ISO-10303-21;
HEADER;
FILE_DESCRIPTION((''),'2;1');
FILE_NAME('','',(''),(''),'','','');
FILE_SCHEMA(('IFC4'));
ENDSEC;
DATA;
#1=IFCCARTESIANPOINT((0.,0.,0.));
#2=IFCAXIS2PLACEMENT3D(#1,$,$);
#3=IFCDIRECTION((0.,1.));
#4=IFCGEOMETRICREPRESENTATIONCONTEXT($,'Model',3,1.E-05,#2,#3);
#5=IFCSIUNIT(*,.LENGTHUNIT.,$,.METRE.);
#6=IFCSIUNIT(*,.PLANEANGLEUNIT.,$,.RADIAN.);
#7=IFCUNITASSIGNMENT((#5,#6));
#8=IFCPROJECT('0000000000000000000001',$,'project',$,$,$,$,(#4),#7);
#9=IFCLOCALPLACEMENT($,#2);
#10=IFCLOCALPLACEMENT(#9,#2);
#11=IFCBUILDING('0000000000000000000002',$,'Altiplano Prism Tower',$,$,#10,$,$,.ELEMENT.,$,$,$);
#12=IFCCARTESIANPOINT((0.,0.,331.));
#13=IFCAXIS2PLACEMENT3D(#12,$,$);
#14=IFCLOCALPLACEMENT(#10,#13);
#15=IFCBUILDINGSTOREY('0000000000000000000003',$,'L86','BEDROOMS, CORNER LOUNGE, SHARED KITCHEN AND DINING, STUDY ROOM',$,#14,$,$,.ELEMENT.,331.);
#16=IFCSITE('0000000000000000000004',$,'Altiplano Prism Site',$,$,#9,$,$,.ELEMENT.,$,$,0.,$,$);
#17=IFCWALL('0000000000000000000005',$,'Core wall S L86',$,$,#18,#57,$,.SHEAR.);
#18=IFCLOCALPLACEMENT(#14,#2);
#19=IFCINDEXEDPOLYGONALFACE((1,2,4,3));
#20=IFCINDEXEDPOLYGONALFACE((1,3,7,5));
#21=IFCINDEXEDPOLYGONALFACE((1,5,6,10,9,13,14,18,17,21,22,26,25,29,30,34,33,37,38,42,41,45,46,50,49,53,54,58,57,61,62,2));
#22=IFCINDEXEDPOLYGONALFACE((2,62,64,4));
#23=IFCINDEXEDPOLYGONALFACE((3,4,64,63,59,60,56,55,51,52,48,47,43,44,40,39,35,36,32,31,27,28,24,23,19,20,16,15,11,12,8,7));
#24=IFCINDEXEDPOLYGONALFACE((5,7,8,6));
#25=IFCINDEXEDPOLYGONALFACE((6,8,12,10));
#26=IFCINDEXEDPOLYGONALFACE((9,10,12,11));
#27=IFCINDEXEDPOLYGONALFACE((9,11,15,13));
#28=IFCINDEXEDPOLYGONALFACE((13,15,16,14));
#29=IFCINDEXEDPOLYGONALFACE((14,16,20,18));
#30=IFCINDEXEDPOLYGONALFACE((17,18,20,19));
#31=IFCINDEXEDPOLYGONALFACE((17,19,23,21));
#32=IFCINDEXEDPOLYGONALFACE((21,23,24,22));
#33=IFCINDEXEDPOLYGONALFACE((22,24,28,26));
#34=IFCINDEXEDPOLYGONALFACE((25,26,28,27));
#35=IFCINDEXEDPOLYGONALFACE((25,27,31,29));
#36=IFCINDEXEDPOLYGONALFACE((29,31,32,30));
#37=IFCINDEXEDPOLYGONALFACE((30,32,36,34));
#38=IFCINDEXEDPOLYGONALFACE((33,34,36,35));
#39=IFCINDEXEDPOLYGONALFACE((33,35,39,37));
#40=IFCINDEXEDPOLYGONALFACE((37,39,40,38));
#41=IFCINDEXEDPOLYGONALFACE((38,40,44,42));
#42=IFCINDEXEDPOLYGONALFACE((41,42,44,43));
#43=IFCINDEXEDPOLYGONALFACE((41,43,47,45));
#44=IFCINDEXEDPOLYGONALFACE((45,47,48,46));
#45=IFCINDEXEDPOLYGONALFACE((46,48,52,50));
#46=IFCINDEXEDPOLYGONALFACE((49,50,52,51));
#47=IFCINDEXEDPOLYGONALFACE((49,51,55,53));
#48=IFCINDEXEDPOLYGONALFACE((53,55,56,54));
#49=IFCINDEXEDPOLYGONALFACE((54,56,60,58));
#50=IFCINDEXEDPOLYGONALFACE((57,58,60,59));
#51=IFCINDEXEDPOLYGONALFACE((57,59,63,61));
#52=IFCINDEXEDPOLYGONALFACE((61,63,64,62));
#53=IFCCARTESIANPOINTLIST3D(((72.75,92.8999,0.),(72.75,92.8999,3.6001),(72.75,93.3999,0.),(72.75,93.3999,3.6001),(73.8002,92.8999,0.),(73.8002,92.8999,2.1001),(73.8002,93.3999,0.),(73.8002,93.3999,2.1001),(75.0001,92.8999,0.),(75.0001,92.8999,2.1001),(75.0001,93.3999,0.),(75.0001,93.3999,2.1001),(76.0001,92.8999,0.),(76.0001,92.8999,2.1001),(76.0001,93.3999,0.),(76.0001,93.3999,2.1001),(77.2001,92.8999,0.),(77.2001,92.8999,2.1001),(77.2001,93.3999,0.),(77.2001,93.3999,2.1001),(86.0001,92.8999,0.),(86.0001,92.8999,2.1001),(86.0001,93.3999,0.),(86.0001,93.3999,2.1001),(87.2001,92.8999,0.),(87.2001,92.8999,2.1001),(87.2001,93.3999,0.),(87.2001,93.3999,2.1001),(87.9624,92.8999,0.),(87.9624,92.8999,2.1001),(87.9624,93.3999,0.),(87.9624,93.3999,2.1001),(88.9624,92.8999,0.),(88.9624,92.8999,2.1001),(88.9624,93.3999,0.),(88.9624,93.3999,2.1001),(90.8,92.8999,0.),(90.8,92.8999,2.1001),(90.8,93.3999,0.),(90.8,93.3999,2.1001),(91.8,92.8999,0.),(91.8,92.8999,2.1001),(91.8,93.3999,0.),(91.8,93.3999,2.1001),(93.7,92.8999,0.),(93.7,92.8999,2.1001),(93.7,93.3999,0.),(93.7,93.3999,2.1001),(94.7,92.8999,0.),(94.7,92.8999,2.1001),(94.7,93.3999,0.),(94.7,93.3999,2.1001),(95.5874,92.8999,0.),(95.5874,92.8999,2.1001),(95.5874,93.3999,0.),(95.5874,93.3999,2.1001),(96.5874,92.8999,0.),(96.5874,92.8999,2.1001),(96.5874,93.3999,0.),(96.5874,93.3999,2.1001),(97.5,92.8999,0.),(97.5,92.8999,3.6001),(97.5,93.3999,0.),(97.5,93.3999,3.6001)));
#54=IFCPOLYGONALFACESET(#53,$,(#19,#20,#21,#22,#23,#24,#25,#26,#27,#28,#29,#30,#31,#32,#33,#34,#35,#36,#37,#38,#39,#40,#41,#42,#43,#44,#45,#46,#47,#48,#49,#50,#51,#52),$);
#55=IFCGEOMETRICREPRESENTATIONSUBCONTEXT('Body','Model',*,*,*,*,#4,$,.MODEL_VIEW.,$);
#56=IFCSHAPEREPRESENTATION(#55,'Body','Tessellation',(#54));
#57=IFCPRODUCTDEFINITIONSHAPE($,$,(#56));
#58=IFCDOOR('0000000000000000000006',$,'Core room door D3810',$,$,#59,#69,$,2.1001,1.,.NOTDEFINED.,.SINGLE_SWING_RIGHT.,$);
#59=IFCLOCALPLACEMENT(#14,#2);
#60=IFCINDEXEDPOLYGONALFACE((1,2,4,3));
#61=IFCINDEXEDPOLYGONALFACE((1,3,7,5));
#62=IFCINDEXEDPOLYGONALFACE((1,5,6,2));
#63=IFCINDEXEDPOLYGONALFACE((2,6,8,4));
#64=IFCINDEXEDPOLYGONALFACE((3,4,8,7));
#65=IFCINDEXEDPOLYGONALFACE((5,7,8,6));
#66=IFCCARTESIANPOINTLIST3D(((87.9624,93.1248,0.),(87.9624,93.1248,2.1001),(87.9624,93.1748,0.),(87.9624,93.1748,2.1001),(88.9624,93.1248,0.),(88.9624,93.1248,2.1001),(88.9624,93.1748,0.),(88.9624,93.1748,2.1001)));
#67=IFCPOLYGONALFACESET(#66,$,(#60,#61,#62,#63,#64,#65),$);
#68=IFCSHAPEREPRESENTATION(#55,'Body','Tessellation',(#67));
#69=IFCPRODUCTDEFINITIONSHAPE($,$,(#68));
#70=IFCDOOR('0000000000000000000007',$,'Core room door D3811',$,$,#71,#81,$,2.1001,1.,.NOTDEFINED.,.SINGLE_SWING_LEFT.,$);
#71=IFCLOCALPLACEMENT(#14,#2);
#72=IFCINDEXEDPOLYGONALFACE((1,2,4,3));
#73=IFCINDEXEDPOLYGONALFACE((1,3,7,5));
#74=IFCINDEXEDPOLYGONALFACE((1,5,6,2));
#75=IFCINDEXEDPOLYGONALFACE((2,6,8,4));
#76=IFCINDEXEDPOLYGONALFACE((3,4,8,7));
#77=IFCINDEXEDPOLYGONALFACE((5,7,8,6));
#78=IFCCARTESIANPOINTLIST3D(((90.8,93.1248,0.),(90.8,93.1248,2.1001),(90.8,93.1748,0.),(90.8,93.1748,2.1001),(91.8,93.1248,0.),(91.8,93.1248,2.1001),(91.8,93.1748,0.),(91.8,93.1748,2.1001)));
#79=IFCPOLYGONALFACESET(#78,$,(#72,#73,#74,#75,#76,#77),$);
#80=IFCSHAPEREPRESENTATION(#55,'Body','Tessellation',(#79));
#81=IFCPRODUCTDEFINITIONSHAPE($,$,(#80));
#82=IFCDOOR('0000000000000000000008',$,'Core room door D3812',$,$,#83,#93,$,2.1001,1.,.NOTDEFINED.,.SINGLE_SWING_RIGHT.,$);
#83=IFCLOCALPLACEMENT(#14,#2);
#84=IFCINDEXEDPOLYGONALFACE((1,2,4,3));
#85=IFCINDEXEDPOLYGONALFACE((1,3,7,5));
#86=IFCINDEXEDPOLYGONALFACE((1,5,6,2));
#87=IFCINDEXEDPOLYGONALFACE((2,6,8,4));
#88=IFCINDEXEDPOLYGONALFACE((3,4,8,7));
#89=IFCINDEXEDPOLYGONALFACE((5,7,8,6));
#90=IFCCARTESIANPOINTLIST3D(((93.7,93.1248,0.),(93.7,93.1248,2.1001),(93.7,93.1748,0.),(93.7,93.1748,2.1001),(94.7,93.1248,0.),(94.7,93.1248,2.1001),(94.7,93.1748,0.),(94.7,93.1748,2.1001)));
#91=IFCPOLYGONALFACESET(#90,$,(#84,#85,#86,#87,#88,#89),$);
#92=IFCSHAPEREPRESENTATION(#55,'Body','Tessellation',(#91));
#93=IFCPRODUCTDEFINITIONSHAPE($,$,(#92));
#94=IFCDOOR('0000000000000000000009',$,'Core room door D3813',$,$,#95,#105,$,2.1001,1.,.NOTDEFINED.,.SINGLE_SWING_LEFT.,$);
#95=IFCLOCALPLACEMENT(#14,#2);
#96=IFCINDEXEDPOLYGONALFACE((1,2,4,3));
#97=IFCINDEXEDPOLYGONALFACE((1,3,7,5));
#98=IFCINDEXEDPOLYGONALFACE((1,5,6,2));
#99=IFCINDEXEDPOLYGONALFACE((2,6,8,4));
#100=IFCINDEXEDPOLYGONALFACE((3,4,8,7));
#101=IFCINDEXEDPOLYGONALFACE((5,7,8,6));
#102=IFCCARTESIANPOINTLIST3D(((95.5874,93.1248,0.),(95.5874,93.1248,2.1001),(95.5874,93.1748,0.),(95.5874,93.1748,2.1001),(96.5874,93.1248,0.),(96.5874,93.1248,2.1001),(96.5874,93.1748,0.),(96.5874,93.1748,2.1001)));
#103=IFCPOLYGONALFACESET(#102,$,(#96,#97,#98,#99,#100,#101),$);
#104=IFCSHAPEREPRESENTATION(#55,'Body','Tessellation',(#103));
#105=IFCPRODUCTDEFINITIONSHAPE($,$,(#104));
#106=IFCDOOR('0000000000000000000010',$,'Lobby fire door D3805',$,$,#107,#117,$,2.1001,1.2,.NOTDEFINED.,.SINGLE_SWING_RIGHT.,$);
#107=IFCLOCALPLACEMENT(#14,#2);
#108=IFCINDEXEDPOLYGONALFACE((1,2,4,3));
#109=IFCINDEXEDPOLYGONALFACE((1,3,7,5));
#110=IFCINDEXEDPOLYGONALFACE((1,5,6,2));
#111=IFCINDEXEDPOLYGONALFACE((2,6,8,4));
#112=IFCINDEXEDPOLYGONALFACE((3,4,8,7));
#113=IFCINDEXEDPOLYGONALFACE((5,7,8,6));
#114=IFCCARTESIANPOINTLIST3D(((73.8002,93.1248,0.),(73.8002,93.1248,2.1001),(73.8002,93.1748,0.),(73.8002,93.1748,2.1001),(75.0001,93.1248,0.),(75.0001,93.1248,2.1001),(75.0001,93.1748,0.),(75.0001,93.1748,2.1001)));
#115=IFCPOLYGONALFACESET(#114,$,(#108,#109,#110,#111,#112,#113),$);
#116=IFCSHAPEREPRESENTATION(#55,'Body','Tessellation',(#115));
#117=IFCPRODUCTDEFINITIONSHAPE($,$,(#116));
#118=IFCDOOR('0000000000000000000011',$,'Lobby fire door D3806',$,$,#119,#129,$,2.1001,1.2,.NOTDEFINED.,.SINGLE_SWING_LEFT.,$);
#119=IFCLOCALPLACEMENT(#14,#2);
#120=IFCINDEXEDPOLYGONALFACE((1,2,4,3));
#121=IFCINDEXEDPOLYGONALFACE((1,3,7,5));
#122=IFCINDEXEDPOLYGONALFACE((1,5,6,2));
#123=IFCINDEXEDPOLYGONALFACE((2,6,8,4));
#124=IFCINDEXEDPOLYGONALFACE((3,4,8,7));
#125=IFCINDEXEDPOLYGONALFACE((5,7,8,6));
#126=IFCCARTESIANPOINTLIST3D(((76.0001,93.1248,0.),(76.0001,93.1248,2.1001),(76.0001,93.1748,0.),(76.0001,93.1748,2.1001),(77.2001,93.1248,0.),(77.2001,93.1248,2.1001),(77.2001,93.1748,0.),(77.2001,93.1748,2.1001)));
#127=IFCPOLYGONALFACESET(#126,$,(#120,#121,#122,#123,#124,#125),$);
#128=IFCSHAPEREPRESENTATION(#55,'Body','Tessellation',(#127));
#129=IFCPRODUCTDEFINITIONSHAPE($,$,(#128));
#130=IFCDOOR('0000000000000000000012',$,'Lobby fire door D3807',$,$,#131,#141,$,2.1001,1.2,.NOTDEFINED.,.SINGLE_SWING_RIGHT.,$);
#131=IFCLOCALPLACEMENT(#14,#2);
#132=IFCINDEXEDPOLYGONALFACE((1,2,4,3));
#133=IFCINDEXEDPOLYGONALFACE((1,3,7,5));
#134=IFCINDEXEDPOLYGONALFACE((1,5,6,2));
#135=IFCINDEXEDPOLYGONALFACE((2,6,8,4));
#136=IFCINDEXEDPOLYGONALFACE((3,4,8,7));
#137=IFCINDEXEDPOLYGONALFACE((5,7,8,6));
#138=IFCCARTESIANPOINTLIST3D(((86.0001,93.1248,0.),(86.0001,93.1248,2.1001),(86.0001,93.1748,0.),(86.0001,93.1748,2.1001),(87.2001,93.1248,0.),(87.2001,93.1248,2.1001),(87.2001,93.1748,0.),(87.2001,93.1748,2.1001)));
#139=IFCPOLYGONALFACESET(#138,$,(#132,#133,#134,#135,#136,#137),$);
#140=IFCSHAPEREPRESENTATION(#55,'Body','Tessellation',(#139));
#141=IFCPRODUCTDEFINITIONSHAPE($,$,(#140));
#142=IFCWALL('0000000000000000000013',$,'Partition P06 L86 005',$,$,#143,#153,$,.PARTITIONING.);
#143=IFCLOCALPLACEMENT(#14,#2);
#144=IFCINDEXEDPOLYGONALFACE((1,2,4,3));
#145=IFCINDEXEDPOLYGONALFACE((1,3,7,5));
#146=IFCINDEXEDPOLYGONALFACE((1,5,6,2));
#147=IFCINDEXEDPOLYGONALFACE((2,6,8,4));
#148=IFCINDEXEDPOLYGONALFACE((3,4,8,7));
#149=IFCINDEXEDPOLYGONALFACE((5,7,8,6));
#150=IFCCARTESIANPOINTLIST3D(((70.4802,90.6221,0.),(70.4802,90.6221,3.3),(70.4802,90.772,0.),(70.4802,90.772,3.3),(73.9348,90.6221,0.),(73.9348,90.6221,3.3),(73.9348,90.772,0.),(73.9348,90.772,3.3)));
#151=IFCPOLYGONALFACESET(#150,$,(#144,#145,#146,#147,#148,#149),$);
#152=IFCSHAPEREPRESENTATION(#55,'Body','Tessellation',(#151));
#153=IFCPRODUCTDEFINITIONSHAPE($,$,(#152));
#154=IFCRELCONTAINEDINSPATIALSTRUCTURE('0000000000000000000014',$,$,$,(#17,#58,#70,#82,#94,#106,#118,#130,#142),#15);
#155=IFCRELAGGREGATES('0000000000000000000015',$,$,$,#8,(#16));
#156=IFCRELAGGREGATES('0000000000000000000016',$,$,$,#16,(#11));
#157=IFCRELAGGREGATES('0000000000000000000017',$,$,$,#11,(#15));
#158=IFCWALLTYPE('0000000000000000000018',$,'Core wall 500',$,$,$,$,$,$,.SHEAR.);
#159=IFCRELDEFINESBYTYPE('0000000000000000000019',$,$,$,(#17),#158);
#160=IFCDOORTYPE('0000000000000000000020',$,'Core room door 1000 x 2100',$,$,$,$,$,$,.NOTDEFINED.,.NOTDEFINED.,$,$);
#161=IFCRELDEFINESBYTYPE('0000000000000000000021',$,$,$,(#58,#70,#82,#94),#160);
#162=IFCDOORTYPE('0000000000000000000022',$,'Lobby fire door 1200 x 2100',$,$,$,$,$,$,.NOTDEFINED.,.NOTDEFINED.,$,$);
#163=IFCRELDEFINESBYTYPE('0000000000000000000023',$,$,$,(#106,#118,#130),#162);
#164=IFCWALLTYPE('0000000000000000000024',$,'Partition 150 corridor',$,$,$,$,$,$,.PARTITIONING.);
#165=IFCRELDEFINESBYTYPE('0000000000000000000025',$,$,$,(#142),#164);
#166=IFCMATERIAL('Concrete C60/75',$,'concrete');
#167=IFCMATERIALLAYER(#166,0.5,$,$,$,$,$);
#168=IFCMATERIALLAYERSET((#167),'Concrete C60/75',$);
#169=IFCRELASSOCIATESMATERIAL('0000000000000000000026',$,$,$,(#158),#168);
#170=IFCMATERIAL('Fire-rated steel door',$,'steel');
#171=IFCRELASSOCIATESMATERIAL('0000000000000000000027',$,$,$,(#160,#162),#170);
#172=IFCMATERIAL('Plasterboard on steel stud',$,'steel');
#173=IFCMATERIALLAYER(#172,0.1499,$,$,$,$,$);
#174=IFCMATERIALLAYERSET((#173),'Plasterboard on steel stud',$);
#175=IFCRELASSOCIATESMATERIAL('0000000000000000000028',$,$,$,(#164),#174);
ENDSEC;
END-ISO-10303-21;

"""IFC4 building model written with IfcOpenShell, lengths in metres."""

from ifc_helpers import new_model, si_unit, direction, frame, frame_2d, origin, place, context, subcontext, project, spatial, rectangle, extrude, material, layer, layer_set, type_object, element, fill, save


model = new_model("IFC4")

# Units and contexts
model_context = context("Model", 3, precision=1e-05, world=origin(), true_north=direction((0.0, 1.0)))
body_context = subcontext(model_context, "Body", "Model", "MODEL_VIEW")
ifc_project = project(units=[si_unit("LENGTHUNIT", "METRE"), si_unit("PLANEANGLEUNIT", "RADIAN")], contexts=[model_context])

# Site, building, storey
site_placement = place(None, origin())
site = spatial("IfcSite", under=ifc_project, at=site_placement, Name="Altiplano Prism Site", CompositionType="ELEMENT", RefElevation=0.0)
building_placement = place(site_placement, origin())
building = spatial("IfcBuilding", under=site, at=building_placement, Name="Altiplano Prism Tower", CompositionType="ELEMENT")
storey_placement = place(building_placement, frame((0.0, 0.0, 331.0)))
storey = spatial("IfcBuildingStorey", under=building, at=storey_placement, Name="L86", Description="BEDROOMS, CORNER LOUNGE, SHARED KITCHEN AND DINING, STUDY ROOM", CompositionType="ELEMENT", Elevation=331.0)

# Shared definitions
ifc_material_1 = material(Name="Concrete C60/75", Category="concrete")

# Wall, openings, doors
ifc_layer_1 = layer(ifc_material_1, 0.5)
ifc_layer_set_1 = layer_set([ifc_layer_1], Name="Concrete C60/75")
wall_type_1 = type_object("IfcWallType", Name="Core wall 500", PredefinedType="SHEAR", material=ifc_layer_set_1)
wall_1_placement = place(storey_placement, frame((72.75, 93.1499, 0.0), z_axis=(0.0, 0.0, 1.0), x_axis=(1.0, 0.0, 0.0)))
wall_1 = element("IfcWall", 1, at=wall_1_placement, inside=storey, type_object=wall_type_1, Name="Core wall S L86", PredefinedType="SHEAR", context=body_context, shape_type="SweptSolid", body=[
    extrude(rectangle(XDim=24.75, YDim=0.5, at=frame_2d((12.375, 0.0))), origin(), (0.0, 0.0, 1.0), 3.6001),
])
opening_1_placement = place(wall_1_placement, frame((1.05, 0.0, 0.0)))
opening_1 = element("IfcOpeningElement", 2, at=opening_1_placement, cuts=wall_1, PredefinedType="OPENING", context=body_context, shape_type="SweptSolid", body=[
    extrude(rectangle(XDim=1.2, YDim=2.1001, at=frame_2d((0.6001, 1.05))), frame((0.0, 0.2605, 0.0), z_axis=(0.0, -1.0, 0.0), x_axis=(1.0, 0.0, 0.0)), (0.0, 0.0, 1.0), 0.521),
])
opening_2_placement = place(wall_1_placement, frame((3.25, 0.0, 0.0)))
opening_2 = element("IfcOpeningElement", 3, at=opening_2_placement, cuts=wall_1, PredefinedType="OPENING", context=body_context, shape_type="SweptSolid", body=[
    extrude(rectangle(XDim=1.2, YDim=2.1001, at=frame_2d((0.6001, 1.05))), frame((0.0, 0.2605, 0.0), z_axis=(0.0, -1.0, 0.0), x_axis=(1.0, 0.0, 0.0)), (0.0, 0.0, 1.0), 0.521),
])
opening_3_placement = place(wall_1_placement, frame((13.25, 0.0, 0.0)))
opening_3 = element("IfcOpeningElement", 4, at=opening_3_placement, cuts=wall_1, PredefinedType="OPENING", context=body_context, shape_type="SweptSolid", body=[
    extrude(rectangle(XDim=1.2, YDim=2.1001, at=frame_2d((0.6001, 1.05))), frame((0.0, 0.2605, 0.0), z_axis=(0.0, -1.0, 0.0), x_axis=(1.0, 0.0, 0.0)), (0.0, 0.0, 1.0), 0.521),
])
opening_4_placement = place(wall_1_placement, frame((15.2124, 0.0, 0.0)))
opening_4 = element("IfcOpeningElement", 5, at=opening_4_placement, cuts=wall_1, PredefinedType="OPENING", context=body_context, shape_type="SweptSolid", body=[
    extrude(rectangle(XDim=1.0, YDim=2.1001, at=frame_2d((0.5, 1.05))), frame((0.0, 0.2605, 0.0), z_axis=(0.0, -1.0, 0.0), x_axis=(1.0, 0.0, 0.0)), (0.0, 0.0, 1.0), 0.521),
])
opening_5_placement = place(wall_1_placement, frame((18.05, 0.0, 0.0)))
opening_5 = element("IfcOpeningElement", 6, at=opening_5_placement, cuts=wall_1, PredefinedType="OPENING", context=body_context, shape_type="SweptSolid", body=[
    extrude(rectangle(XDim=1.0, YDim=2.1001, at=frame_2d((0.5, 1.05))), frame((0.0, 0.2605, 0.0), z_axis=(0.0, -1.0, 0.0), x_axis=(1.0, 0.0, 0.0)), (0.0, 0.0, 1.0), 0.521),
])
opening_6_placement = place(wall_1_placement, frame((20.95, 0.0, 0.0)))
opening_6 = element("IfcOpeningElement", 7, at=opening_6_placement, cuts=wall_1, PredefinedType="OPENING", context=body_context, shape_type="SweptSolid", body=[
    extrude(rectangle(XDim=1.0, YDim=2.1001, at=frame_2d((0.5, 1.05))), frame((0.0, 0.2605, 0.0), z_axis=(0.0, -1.0, 0.0), x_axis=(1.0, 0.0, 0.0)), (0.0, 0.0, 1.0), 0.521),
])
opening_7_placement = place(wall_1_placement, frame((22.8374, 0.0, 0.0)))
opening_7 = element("IfcOpeningElement", 8, at=opening_7_placement, cuts=wall_1, PredefinedType="OPENING", context=body_context, shape_type="SweptSolid", body=[
    extrude(rectangle(XDim=1.0, YDim=2.1001, at=frame_2d((0.5, 1.05))), frame((0.0, 0.2605, 0.0), z_axis=(0.0, -1.0, 0.0), x_axis=(1.0, 0.0, 0.0)), (0.0, 0.0, 1.0), 0.521),
])
ifc_material_2 = material(Name="Fire-rated steel door", Category="steel")
door_type_1 = type_object("IfcDoorType", Name="Core room door 1000 x 2100", OperationType="NOTDEFINED", PredefinedType="NOTDEFINED", material=ifc_material_2)
door_1_placement = place(opening_4_placement, origin())
door_1 = element("IfcDoor", 9, at=door_1_placement, inside=storey, type_object=door_type_1, Name="Core room door D3810", OperationType="SINGLE_SWING_RIGHT", OverallHeight=2.1001, OverallWidth=1.0, PredefinedType="NOTDEFINED", context=body_context, shape_type="SweptSolid", body=[
    extrude(rectangle(XDim=1.0, YDim=2.1001, at=frame_2d((0.5, 1.05))), frame((0.0, 0.0249, 0.0), z_axis=(0.0, -1.0, 0.0), x_axis=(1.0, 0.0, 0.0)), (0.0, 0.0, 1.0), 0.05),
])
fill(opening_4, door_1)
door_2_placement = place(opening_5_placement, origin())
door_2 = element("IfcDoor", 10, at=door_2_placement, inside=storey, type_object=door_type_1, Name="Core room door D3811", OperationType="SINGLE_SWING_LEFT", OverallHeight=2.1001, OverallWidth=1.0, PredefinedType="NOTDEFINED", context=body_context, shape_type="SweptSolid", body=[
    extrude(rectangle(XDim=1.0, YDim=2.1001, at=frame_2d((0.5, 1.05))), frame((0.0, 0.0249, 0.0), z_axis=(0.0, -1.0, 0.0), x_axis=(1.0, 0.0, 0.0)), (0.0, 0.0, 1.0), 0.05),
])
fill(opening_5, door_2)
door_3_placement = place(opening_6_placement, origin())
door_3 = element("IfcDoor", 11, at=door_3_placement, inside=storey, type_object=door_type_1, Name="Core room door D3812", OperationType="SINGLE_SWING_RIGHT", OverallHeight=2.1001, OverallWidth=1.0, PredefinedType="NOTDEFINED", context=body_context, shape_type="SweptSolid", body=[
    extrude(rectangle(XDim=1.0, YDim=2.1001, at=frame_2d((0.5, 1.05))), frame((0.0, 0.0249, 0.0), z_axis=(0.0, -1.0, 0.0), x_axis=(1.0, 0.0, 0.0)), (0.0, 0.0, 1.0), 0.05),
])
fill(opening_6, door_3)
door_4_placement = place(opening_7_placement, origin())
door_4 = element("IfcDoor", 12, at=door_4_placement, inside=storey, type_object=door_type_1, Name="Core room door D3813", OperationType="SINGLE_SWING_LEFT", OverallHeight=2.1001, OverallWidth=1.0, PredefinedType="NOTDEFINED", context=body_context, shape_type="SweptSolid", body=[
    extrude(rectangle(XDim=1.0, YDim=2.1001, at=frame_2d((0.5, 1.05))), frame((0.0, 0.0249, 0.0), z_axis=(0.0, -1.0, 0.0), x_axis=(1.0, 0.0, 0.0)), (0.0, 0.0, 1.0), 0.05),
])
fill(opening_7, door_4)
door_type_2 = type_object("IfcDoorType", Name="Lobby fire door 1200 x 2100", OperationType="NOTDEFINED", PredefinedType="NOTDEFINED", material=ifc_material_2)
door_5_placement = place(opening_1_placement, origin())
door_5 = element("IfcDoor", 13, at=door_5_placement, inside=storey, type_object=door_type_2, Name="Lobby fire door D3805", OperationType="SINGLE_SWING_RIGHT", OverallHeight=2.1001, OverallWidth=1.2, PredefinedType="NOTDEFINED", context=body_context, shape_type="SweptSolid", body=[
    extrude(rectangle(XDim=1.2, YDim=2.1001, at=frame_2d((0.6001, 1.05))), frame((0.0, 0.0249, 0.0), z_axis=(0.0, -1.0, 0.0), x_axis=(1.0, 0.0, 0.0)), (0.0, 0.0, 1.0), 0.05),
])
fill(opening_1, door_5)
door_6_placement = place(opening_2_placement, origin())
door_6 = element("IfcDoor", 14, at=door_6_placement, inside=storey, type_object=door_type_2, Name="Lobby fire door D3806", OperationType="SINGLE_SWING_LEFT", OverallHeight=2.1001, OverallWidth=1.2, PredefinedType="NOTDEFINED", context=body_context, shape_type="SweptSolid", body=[
    extrude(rectangle(XDim=1.2, YDim=2.1001, at=frame_2d((0.6001, 1.05))), frame((0.0, 0.0249, 0.0), z_axis=(0.0, -1.0, 0.0), x_axis=(1.0, 0.0, 0.0)), (0.0, 0.0, 1.0), 0.05),
])
fill(opening_2, door_6)
door_7_placement = place(opening_3_placement, origin())
door_7 = element("IfcDoor", 15, at=door_7_placement, inside=storey, type_object=door_type_2, Name="Lobby fire door D3807", OperationType="SINGLE_SWING_RIGHT", OverallHeight=2.1001, OverallWidth=1.2, PredefinedType="NOTDEFINED", context=body_context, shape_type="SweptSolid", body=[
    extrude(rectangle(XDim=1.2, YDim=2.1001, at=frame_2d((0.6001, 1.05))), frame((0.0, 0.0249, 0.0), z_axis=(0.0, -1.0, 0.0), x_axis=(1.0, 0.0, 0.0)), (0.0, 0.0, 1.0), 0.05),
])
fill(opening_3, door_7)

# Wall
ifc_material_3 = material(Name="Plasterboard on steel stud", Category="steel")
ifc_layer_2 = layer(ifc_material_3, 0.1499)
ifc_layer_set_2 = layer_set([ifc_layer_2], Name="Plasterboard on steel stud")
wall_type_2 = type_object("IfcWallType", Name="Partition 150 corridor", PredefinedType="PARTITIONING", material=ifc_layer_set_2)
wall_2_placement = place(storey_placement, frame((70.4802, 90.697, 0.0), z_axis=(0.0, 0.0, 1.0), x_axis=(1.0, 0.0, 0.0)))
element("IfcWall", 16, at=wall_2_placement, inside=storey, type_object=wall_type_2, Name="Partition P06 L86 005", PredefinedType="PARTITIONING", context=body_context, shape_type="SweptSolid", body=[
    extrude(rectangle(XDim=3.4546, YDim=0.1499, at=frame_2d((1.7273, 0.0))), origin(), (0.0, 0.0, 1.0), 3.3),
])

save(model, "model.ifc")
